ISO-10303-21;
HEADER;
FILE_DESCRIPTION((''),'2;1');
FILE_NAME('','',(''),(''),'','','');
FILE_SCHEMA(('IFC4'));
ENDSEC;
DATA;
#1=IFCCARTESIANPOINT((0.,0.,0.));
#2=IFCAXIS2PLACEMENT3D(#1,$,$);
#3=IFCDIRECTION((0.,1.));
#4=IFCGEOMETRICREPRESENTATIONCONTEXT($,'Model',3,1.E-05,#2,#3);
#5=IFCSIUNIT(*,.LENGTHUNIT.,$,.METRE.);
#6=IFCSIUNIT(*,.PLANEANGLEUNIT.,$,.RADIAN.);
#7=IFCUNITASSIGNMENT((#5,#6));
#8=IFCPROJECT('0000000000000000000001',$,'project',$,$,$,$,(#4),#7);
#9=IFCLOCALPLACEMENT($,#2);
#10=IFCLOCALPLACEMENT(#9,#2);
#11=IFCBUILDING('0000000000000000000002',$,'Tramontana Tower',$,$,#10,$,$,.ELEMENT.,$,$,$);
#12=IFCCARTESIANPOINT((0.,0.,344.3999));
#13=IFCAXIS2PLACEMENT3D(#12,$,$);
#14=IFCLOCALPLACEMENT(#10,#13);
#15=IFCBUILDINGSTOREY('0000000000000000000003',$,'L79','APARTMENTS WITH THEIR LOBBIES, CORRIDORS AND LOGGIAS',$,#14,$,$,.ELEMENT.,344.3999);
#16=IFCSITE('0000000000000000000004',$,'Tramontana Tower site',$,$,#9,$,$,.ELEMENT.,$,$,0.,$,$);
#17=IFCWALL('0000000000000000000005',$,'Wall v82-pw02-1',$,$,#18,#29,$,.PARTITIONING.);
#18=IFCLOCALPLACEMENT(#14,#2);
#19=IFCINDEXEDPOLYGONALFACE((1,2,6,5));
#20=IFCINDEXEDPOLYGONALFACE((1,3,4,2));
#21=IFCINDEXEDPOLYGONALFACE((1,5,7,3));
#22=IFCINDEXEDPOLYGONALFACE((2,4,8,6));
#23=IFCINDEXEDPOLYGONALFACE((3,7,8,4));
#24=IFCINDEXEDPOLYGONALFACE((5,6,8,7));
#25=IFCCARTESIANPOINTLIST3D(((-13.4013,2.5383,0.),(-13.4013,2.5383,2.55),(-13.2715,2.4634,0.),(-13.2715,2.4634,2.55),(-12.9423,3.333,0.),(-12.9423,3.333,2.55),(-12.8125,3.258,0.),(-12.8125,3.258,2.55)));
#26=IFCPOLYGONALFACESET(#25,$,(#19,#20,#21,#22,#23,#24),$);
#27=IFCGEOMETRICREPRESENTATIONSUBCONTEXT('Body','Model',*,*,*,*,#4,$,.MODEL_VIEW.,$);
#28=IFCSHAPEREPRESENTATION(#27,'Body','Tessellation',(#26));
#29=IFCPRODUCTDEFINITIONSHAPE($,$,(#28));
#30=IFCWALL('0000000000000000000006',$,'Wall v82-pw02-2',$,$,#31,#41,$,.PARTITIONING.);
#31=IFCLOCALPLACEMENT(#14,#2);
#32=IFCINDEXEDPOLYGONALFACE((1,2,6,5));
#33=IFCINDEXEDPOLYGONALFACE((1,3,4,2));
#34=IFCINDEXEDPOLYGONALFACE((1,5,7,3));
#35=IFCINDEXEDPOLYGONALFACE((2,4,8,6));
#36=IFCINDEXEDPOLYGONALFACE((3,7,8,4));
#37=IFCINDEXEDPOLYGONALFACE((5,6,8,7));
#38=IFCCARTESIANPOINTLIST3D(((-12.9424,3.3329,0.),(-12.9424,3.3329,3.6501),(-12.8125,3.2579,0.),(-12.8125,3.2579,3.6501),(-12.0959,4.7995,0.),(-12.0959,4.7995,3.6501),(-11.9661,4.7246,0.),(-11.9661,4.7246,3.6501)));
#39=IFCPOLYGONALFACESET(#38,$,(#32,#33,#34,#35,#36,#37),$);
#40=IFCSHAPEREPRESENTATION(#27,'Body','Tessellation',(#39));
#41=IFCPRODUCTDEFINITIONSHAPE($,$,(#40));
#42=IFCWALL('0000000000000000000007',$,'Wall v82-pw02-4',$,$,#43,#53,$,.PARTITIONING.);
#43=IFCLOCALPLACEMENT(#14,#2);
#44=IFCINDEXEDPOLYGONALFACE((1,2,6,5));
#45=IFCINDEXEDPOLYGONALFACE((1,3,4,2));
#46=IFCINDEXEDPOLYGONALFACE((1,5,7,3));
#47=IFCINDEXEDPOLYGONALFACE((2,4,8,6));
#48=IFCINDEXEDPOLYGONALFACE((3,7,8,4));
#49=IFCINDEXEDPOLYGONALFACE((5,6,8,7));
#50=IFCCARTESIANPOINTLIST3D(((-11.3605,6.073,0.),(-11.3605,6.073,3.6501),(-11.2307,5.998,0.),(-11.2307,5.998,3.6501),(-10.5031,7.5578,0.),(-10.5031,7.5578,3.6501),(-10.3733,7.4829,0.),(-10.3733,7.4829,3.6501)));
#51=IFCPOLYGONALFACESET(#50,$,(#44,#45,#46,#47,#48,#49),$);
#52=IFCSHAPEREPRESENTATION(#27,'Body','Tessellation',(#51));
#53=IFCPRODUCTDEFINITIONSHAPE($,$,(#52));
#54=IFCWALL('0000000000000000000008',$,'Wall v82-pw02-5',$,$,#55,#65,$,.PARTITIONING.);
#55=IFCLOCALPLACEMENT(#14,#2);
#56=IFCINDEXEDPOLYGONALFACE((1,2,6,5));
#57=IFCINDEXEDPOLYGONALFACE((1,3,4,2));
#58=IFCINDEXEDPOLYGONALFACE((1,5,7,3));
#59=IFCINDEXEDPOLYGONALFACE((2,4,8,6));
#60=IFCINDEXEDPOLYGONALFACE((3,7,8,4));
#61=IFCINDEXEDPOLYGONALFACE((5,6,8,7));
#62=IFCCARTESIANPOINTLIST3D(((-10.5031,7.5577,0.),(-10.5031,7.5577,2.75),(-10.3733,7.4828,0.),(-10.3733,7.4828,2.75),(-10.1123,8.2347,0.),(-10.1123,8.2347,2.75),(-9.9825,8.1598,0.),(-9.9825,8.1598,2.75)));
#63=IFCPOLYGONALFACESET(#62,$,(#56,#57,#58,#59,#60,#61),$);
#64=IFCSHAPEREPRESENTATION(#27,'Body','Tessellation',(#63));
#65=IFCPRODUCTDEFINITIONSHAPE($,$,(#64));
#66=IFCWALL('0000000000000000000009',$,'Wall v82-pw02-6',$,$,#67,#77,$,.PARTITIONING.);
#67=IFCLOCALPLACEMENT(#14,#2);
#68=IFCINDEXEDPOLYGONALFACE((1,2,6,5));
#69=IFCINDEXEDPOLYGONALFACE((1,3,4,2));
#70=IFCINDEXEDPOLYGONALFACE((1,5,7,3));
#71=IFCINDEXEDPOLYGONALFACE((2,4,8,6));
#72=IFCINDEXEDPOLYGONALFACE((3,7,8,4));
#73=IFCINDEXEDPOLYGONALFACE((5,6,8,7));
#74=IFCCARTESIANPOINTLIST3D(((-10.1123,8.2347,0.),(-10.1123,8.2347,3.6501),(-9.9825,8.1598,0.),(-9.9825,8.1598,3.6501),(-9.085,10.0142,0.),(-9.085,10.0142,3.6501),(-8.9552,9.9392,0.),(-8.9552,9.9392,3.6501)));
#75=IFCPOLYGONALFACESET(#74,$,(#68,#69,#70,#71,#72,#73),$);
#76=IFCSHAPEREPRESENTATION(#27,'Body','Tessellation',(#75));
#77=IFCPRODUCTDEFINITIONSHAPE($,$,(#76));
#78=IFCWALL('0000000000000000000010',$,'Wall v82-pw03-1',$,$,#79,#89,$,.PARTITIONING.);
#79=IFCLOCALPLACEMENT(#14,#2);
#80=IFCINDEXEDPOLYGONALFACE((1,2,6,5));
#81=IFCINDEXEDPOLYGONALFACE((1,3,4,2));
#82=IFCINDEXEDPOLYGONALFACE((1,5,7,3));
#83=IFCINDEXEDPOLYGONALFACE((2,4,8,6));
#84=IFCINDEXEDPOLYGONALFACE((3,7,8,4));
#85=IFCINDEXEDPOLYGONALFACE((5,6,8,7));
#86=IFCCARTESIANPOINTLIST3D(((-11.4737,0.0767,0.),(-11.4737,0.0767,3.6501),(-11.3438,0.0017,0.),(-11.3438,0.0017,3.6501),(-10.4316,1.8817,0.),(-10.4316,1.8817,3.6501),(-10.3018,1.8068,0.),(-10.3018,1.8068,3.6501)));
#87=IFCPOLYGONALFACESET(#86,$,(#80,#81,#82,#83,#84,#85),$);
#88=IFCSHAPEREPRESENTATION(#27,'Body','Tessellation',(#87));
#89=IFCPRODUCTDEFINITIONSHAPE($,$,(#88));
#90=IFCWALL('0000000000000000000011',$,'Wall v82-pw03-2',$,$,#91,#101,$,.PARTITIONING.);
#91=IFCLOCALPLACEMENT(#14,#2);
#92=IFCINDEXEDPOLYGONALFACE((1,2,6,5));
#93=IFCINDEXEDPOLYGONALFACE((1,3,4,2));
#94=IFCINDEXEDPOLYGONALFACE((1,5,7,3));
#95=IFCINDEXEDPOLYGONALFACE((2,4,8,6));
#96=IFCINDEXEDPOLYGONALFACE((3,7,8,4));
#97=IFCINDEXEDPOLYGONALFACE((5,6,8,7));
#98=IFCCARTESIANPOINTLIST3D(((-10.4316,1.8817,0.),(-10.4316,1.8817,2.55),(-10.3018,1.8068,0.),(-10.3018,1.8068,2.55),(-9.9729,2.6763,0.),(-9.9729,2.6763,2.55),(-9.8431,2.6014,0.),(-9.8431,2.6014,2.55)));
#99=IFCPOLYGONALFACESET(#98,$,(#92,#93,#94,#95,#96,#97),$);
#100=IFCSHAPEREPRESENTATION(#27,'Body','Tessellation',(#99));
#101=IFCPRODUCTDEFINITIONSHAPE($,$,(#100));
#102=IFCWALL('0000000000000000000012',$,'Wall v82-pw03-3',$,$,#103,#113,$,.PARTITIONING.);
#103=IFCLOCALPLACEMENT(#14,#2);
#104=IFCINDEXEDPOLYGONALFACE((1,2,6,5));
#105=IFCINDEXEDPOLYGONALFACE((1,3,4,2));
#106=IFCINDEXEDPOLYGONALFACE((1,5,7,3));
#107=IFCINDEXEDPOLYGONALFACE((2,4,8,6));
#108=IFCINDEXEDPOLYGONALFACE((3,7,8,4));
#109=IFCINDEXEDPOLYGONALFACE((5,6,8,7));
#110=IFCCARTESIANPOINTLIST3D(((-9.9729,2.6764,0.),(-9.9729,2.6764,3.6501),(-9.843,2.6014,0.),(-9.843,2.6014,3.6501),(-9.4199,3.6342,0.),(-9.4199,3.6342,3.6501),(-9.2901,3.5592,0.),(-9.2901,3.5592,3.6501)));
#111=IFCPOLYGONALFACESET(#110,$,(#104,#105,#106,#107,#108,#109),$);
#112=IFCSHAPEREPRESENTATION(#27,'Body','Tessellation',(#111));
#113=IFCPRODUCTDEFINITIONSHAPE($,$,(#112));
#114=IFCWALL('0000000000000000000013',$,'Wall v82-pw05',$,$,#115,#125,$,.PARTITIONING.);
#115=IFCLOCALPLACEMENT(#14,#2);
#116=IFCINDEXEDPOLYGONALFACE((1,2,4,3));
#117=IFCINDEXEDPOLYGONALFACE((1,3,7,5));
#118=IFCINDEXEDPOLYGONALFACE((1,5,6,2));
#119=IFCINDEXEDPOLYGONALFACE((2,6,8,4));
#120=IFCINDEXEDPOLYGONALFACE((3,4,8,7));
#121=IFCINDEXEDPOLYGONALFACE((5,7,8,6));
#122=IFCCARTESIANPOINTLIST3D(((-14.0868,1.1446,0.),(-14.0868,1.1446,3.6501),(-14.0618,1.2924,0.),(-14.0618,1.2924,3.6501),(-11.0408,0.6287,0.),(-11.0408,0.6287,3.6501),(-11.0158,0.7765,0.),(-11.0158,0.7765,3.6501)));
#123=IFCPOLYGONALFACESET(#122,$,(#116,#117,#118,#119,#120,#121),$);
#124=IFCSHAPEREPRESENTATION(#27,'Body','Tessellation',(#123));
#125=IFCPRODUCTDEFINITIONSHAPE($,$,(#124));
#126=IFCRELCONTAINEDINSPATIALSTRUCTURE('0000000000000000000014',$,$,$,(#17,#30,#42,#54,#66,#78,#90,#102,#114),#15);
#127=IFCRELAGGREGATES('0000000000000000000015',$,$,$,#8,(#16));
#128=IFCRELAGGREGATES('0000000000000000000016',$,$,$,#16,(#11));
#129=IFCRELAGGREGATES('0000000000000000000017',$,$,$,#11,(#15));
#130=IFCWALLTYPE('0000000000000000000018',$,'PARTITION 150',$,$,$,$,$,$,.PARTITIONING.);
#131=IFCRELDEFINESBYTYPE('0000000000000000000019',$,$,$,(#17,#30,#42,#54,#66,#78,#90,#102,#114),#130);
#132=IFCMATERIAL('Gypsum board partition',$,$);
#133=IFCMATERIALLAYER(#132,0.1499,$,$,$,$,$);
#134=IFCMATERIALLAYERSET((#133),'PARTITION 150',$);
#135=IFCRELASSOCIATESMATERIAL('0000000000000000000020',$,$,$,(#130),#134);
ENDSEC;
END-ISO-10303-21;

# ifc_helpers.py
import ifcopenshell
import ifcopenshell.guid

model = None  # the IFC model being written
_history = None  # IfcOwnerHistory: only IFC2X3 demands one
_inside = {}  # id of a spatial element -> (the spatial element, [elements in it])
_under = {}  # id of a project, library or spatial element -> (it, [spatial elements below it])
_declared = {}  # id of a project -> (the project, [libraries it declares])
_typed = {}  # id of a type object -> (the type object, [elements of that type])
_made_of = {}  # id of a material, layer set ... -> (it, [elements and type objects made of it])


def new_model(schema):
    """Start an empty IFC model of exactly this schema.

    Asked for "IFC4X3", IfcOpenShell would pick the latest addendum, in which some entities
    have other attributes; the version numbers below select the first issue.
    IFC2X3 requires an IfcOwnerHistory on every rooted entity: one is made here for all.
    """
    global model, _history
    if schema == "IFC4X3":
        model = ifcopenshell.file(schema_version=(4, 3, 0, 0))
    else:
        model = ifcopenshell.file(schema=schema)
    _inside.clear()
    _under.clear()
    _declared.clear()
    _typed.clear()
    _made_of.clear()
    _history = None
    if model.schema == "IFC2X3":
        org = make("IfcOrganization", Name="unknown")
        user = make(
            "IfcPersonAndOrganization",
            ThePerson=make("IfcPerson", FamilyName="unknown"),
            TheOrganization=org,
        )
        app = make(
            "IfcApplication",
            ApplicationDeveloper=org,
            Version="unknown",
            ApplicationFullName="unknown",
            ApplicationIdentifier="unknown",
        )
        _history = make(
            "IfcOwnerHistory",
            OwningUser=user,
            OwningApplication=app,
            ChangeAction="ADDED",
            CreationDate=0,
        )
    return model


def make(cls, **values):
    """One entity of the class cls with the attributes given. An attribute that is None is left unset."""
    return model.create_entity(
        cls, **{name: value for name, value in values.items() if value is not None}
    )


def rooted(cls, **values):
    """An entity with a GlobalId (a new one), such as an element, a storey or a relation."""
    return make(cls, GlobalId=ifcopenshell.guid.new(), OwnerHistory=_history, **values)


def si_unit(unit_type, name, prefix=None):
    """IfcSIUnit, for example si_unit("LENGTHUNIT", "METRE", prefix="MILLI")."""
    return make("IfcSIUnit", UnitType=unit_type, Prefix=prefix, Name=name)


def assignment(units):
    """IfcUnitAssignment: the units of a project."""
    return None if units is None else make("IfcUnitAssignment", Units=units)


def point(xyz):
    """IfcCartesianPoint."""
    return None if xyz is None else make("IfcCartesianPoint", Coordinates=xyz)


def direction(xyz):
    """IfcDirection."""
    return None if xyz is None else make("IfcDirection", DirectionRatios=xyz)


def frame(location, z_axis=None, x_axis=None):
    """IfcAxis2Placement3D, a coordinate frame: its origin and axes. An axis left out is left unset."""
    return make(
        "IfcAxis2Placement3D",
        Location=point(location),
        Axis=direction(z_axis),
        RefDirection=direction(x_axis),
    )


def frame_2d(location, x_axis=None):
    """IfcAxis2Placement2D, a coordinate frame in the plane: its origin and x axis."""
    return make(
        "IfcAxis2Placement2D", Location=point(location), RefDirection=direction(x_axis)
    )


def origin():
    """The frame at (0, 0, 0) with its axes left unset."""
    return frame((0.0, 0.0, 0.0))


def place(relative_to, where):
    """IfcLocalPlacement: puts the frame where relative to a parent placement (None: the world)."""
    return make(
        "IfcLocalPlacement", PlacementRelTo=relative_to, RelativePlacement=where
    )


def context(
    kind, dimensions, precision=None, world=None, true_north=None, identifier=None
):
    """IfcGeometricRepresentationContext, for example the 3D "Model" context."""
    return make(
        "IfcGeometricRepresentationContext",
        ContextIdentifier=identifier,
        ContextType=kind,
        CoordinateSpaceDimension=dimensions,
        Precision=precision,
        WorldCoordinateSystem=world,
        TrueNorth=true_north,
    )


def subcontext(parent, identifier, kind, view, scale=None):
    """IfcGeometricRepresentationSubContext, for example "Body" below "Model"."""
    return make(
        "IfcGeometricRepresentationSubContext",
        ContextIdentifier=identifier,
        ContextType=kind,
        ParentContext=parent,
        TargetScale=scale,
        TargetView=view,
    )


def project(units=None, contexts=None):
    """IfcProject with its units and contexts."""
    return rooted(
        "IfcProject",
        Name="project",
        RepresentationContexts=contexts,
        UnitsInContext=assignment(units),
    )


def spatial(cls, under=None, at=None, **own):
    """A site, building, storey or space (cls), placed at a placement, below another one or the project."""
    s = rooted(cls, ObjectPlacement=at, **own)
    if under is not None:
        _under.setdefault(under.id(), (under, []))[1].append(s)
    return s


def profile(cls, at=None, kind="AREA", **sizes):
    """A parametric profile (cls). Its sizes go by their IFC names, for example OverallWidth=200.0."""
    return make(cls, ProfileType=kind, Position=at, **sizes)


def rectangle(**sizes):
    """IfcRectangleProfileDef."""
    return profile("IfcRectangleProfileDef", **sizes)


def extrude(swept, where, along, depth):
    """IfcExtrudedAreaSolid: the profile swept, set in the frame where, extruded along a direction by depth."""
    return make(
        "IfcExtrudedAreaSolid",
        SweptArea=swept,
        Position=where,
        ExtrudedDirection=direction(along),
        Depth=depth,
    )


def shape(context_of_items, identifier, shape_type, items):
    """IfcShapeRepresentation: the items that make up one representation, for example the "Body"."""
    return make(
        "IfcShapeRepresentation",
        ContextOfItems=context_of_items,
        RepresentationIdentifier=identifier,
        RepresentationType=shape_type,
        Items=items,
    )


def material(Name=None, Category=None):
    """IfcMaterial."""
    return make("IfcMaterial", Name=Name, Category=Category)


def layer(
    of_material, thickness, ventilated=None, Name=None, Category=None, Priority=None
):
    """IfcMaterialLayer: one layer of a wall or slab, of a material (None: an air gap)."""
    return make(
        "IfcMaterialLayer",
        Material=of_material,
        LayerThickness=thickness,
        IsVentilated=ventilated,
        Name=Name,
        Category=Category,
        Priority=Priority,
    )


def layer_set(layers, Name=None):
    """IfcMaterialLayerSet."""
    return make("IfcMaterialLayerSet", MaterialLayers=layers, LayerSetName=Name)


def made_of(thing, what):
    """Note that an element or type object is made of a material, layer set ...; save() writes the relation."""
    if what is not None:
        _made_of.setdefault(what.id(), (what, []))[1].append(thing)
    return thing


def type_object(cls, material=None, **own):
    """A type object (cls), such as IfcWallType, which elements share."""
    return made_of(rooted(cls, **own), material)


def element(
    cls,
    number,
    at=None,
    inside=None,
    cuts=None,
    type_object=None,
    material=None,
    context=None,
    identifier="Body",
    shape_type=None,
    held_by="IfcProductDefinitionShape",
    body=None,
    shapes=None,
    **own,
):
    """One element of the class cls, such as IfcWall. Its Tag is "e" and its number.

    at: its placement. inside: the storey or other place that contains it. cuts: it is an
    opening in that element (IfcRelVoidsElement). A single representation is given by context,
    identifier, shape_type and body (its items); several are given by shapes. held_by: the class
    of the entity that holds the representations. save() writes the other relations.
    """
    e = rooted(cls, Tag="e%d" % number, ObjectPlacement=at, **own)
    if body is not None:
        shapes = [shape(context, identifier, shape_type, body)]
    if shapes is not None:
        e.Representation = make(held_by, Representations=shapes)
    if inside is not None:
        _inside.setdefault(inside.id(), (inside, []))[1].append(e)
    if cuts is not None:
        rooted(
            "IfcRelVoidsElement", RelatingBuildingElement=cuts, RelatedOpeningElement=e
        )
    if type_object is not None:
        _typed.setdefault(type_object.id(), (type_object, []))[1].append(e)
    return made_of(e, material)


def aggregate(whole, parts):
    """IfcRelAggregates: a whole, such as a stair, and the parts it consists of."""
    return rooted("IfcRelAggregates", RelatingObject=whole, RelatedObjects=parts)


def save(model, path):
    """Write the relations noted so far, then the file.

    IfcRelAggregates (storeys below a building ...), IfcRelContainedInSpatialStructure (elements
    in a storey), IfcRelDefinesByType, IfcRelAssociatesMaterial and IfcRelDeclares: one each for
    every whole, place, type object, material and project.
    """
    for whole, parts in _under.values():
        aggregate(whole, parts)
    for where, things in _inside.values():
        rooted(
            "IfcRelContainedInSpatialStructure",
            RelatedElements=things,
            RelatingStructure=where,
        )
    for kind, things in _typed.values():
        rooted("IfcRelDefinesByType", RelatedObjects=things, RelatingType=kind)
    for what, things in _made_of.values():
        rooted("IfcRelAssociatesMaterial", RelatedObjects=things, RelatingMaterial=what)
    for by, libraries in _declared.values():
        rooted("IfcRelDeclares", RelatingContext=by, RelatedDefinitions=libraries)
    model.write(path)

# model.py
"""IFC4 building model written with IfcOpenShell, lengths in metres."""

from ifc_helpers import new_model, si_unit, direction, frame, frame_2d, origin, place, context, subcontext, project, spatial, rectangle, extrude, material, layer, layer_set, type_object, element, save


model = new_model("IFC4")

# Units and contexts
model_context = context("Model", 3, precision=1e-05, world=origin(), true_north=direction((0.0, 1.0)))
body_context = subcontext(model_context, "Body", "Model", "MODEL_VIEW")
ifc_project = project(units=[si_unit("LENGTHUNIT", "METRE"), si_unit("PLANEANGLEUNIT", "RADIAN")], contexts=[model_context])

# Site, building, storey
site_placement = place(None, origin())
site = spatial("IfcSite", under=ifc_project, at=site_placement, Name="Tramontana Tower site", CompositionType="ELEMENT", RefElevation=0.0)
building_placement = place(site_placement, origin())
building = spatial("IfcBuilding", under=site, at=building_placement, Name="Tramontana Tower", CompositionType="ELEMENT")
storey_placement = place(building_placement, frame((0.0, 0.0, 344.3999)))
storey = spatial("IfcBuildingStorey", under=building, at=storey_placement, Name="L79", Description="APARTMENTS WITH THEIR LOBBIES, CORRIDORS AND LOGGIAS", CompositionType="ELEMENT", Elevation=344.3999)

# Walls
ifc_material_1 = material(Name="Gypsum board partition")
ifc_layer_1 = layer(ifc_material_1, 0.1499)
ifc_layer_set_1 = layer_set([ifc_layer_1], Name="PARTITION 150")
wall_type_1 = type_object("IfcWallType", Name="PARTITION 150", PredefinedType="PARTITIONING", material=ifc_layer_set_1)
wall_1_placement = place(storey_placement, frame((-13.3364, 2.5007, 0.0), z_axis=(0.0, 0.0, 1.0), x_axis=(0.500145, 0.865942, 0.0)))
element("IfcWall", 1, at=wall_1_placement, inside=storey, type_object=wall_type_1, Name="Wall v82-pw02-1", PredefinedType="PARTITIONING", context=body_context, shape_type="SweptSolid", body=[
    extrude(rectangle(XDim=0.9177, YDim=0.1499, at=frame_2d((0.459, 0.0))), origin(), (0.0, 0.0, 1.0), 2.55),
])
wall_2_placement = place(storey_placement, frame((-12.8774, 3.2954, 0.0), z_axis=(0.0, 0.0, 1.0), x_axis=(0.499876, 0.866097, 0.0)))
element("IfcWall", 2, at=wall_2_placement, inside=storey, type_object=wall_type_1, Name="Wall v82-pw02-2", PredefinedType="PARTITIONING", context=body_context, shape_type="SweptSolid", body=[
    extrude(rectangle(XDim=1.6934, YDim=0.1499, at=frame_2d((0.8467, 0.0))), origin(), (0.0, 0.0, 1.0), 3.6501),
])

# Walls
wall_3_placement = place(storey_placement, frame((-11.2957, 6.0354, 0.0), z_axis=(0.0, 0.0, 1.0), x_axis=(0.500059, 0.865991, 0.0)))
element("IfcWall", 3, at=wall_3_placement, inside=storey, type_object=wall_type_1, Name="Wall v82-pw02-4", PredefinedType="PARTITIONING", context=body_context, shape_type="SweptSolid", body=[
    extrude(rectangle(XDim=1.7146, YDim=0.1499, at=frame_2d((0.8574, 0.0))), origin(), (0.0, 0.0, 1.0), 3.6501),
])
wall_4_placement = place(storey_placement, frame((-10.4382, 7.5203, 0.0), z_axis=(0.0, 0.0, 1.0), x_axis=(0.500002, 0.866024, 0.0)))
element("IfcWall", 4, at=wall_4_placement, inside=storey, type_object=wall_type_1, Name="Wall v82-pw02-5", PredefinedType="PARTITIONING", context=body_context, shape_type="SweptSolid", body=[
    extrude(rectangle(XDim=0.7817, YDim=0.1499, at=frame_2d((0.3909, 0.0))), origin(), (0.0, 0.0, 1.0), 2.75),
])
wall_5_placement = place(storey_placement, frame((-10.0474, 8.1973, 0.0), z_axis=(0.0, 0.0, 1.0), x_axis=(0.499973, 0.866041, 0.0)))
element("IfcWall", 5, at=wall_5_placement, inside=storey, type_object=wall_type_1, Name="Wall v82-pw02-6", PredefinedType="PARTITIONING", context=body_context, shape_type="SweptSolid", body=[
    extrude(rectangle(XDim=2.0547, YDim=0.1499, at=frame_2d((1.0273, 0.0))), origin(), (0.0, 0.0, 1.0), 3.6501),
])
wall_6_placement = place(storey_placement, frame((-11.4087, 0.0393, 0.0), z_axis=(0.0, 0.0, 1.0), x_axis=(0.499969, 0.866043, 0.0)))
element("IfcWall", 6, at=wall_6_placement, inside=storey, type_object=wall_type_1, Name="Wall v82-pw03-1", PredefinedType="PARTITIONING", context=body_context, shape_type="SweptSolid", body=[
    extrude(rectangle(XDim=2.0842, YDim=0.1499, at=frame_2d((1.042, 0.0))), origin(), (0.0, 0.0, 1.0), 3.6501),
])
wall_7_placement = place(storey_placement, frame((-10.3667, 1.8442, 0.0), z_axis=(0.0, 0.0, 1.0), x_axis=(0.499945, 0.866057, 0.0)))
element("IfcWall", 7, at=wall_7_placement, inside=storey, type_object=wall_type_1, Name="Wall v82-pw03-2", PredefinedType="PARTITIONING", context=body_context, shape_type="SweptSolid", body=[
    extrude(rectangle(XDim=0.9175, YDim=0.1499, at=frame_2d((0.4587, 0.0))), origin(), (0.0, 0.0, 1.0), 2.55),
])
wall_8_placement = place(storey_placement, frame((-9.908, 2.6389, 0.0), z_axis=(0.0, 0.0, 1.0), x_axis=(0.500009, 0.86602, 0.0)))
element("IfcWall", 8, at=wall_8_placement, inside=storey, type_object=wall_type_1, Name="Wall v82-pw03-3", PredefinedType="PARTITIONING", context=body_context, shape_type="SweptSolid", body=[
    extrude(rectangle(XDim=1.106, YDim=0.1499, at=frame_2d((0.553, 0.0))), origin(), (0.0, 0.0, 1.0), 3.6501),
])
wall_9_placement = place(storey_placement, frame((-11.0283, 0.7026, 0.0), z_axis=(0.0, 0.0, 1.0), x_axis=(-0.985959, 0.166987, 0.0)))
element("IfcWall", 9, at=wall_9_placement, inside=storey, type_object=wall_type_1, Name="Wall v82-pw05", PredefinedType="PARTITIONING", context=body_context, shape_type="SweptSolid", body=[
    extrude(rectangle(XDim=3.0894, YDim=0.1499, at=frame_2d((1.5447, 0.0))), origin(), (0.0, 0.0, 1.0), 3.6501),
])

save(model, "model.ifc")
